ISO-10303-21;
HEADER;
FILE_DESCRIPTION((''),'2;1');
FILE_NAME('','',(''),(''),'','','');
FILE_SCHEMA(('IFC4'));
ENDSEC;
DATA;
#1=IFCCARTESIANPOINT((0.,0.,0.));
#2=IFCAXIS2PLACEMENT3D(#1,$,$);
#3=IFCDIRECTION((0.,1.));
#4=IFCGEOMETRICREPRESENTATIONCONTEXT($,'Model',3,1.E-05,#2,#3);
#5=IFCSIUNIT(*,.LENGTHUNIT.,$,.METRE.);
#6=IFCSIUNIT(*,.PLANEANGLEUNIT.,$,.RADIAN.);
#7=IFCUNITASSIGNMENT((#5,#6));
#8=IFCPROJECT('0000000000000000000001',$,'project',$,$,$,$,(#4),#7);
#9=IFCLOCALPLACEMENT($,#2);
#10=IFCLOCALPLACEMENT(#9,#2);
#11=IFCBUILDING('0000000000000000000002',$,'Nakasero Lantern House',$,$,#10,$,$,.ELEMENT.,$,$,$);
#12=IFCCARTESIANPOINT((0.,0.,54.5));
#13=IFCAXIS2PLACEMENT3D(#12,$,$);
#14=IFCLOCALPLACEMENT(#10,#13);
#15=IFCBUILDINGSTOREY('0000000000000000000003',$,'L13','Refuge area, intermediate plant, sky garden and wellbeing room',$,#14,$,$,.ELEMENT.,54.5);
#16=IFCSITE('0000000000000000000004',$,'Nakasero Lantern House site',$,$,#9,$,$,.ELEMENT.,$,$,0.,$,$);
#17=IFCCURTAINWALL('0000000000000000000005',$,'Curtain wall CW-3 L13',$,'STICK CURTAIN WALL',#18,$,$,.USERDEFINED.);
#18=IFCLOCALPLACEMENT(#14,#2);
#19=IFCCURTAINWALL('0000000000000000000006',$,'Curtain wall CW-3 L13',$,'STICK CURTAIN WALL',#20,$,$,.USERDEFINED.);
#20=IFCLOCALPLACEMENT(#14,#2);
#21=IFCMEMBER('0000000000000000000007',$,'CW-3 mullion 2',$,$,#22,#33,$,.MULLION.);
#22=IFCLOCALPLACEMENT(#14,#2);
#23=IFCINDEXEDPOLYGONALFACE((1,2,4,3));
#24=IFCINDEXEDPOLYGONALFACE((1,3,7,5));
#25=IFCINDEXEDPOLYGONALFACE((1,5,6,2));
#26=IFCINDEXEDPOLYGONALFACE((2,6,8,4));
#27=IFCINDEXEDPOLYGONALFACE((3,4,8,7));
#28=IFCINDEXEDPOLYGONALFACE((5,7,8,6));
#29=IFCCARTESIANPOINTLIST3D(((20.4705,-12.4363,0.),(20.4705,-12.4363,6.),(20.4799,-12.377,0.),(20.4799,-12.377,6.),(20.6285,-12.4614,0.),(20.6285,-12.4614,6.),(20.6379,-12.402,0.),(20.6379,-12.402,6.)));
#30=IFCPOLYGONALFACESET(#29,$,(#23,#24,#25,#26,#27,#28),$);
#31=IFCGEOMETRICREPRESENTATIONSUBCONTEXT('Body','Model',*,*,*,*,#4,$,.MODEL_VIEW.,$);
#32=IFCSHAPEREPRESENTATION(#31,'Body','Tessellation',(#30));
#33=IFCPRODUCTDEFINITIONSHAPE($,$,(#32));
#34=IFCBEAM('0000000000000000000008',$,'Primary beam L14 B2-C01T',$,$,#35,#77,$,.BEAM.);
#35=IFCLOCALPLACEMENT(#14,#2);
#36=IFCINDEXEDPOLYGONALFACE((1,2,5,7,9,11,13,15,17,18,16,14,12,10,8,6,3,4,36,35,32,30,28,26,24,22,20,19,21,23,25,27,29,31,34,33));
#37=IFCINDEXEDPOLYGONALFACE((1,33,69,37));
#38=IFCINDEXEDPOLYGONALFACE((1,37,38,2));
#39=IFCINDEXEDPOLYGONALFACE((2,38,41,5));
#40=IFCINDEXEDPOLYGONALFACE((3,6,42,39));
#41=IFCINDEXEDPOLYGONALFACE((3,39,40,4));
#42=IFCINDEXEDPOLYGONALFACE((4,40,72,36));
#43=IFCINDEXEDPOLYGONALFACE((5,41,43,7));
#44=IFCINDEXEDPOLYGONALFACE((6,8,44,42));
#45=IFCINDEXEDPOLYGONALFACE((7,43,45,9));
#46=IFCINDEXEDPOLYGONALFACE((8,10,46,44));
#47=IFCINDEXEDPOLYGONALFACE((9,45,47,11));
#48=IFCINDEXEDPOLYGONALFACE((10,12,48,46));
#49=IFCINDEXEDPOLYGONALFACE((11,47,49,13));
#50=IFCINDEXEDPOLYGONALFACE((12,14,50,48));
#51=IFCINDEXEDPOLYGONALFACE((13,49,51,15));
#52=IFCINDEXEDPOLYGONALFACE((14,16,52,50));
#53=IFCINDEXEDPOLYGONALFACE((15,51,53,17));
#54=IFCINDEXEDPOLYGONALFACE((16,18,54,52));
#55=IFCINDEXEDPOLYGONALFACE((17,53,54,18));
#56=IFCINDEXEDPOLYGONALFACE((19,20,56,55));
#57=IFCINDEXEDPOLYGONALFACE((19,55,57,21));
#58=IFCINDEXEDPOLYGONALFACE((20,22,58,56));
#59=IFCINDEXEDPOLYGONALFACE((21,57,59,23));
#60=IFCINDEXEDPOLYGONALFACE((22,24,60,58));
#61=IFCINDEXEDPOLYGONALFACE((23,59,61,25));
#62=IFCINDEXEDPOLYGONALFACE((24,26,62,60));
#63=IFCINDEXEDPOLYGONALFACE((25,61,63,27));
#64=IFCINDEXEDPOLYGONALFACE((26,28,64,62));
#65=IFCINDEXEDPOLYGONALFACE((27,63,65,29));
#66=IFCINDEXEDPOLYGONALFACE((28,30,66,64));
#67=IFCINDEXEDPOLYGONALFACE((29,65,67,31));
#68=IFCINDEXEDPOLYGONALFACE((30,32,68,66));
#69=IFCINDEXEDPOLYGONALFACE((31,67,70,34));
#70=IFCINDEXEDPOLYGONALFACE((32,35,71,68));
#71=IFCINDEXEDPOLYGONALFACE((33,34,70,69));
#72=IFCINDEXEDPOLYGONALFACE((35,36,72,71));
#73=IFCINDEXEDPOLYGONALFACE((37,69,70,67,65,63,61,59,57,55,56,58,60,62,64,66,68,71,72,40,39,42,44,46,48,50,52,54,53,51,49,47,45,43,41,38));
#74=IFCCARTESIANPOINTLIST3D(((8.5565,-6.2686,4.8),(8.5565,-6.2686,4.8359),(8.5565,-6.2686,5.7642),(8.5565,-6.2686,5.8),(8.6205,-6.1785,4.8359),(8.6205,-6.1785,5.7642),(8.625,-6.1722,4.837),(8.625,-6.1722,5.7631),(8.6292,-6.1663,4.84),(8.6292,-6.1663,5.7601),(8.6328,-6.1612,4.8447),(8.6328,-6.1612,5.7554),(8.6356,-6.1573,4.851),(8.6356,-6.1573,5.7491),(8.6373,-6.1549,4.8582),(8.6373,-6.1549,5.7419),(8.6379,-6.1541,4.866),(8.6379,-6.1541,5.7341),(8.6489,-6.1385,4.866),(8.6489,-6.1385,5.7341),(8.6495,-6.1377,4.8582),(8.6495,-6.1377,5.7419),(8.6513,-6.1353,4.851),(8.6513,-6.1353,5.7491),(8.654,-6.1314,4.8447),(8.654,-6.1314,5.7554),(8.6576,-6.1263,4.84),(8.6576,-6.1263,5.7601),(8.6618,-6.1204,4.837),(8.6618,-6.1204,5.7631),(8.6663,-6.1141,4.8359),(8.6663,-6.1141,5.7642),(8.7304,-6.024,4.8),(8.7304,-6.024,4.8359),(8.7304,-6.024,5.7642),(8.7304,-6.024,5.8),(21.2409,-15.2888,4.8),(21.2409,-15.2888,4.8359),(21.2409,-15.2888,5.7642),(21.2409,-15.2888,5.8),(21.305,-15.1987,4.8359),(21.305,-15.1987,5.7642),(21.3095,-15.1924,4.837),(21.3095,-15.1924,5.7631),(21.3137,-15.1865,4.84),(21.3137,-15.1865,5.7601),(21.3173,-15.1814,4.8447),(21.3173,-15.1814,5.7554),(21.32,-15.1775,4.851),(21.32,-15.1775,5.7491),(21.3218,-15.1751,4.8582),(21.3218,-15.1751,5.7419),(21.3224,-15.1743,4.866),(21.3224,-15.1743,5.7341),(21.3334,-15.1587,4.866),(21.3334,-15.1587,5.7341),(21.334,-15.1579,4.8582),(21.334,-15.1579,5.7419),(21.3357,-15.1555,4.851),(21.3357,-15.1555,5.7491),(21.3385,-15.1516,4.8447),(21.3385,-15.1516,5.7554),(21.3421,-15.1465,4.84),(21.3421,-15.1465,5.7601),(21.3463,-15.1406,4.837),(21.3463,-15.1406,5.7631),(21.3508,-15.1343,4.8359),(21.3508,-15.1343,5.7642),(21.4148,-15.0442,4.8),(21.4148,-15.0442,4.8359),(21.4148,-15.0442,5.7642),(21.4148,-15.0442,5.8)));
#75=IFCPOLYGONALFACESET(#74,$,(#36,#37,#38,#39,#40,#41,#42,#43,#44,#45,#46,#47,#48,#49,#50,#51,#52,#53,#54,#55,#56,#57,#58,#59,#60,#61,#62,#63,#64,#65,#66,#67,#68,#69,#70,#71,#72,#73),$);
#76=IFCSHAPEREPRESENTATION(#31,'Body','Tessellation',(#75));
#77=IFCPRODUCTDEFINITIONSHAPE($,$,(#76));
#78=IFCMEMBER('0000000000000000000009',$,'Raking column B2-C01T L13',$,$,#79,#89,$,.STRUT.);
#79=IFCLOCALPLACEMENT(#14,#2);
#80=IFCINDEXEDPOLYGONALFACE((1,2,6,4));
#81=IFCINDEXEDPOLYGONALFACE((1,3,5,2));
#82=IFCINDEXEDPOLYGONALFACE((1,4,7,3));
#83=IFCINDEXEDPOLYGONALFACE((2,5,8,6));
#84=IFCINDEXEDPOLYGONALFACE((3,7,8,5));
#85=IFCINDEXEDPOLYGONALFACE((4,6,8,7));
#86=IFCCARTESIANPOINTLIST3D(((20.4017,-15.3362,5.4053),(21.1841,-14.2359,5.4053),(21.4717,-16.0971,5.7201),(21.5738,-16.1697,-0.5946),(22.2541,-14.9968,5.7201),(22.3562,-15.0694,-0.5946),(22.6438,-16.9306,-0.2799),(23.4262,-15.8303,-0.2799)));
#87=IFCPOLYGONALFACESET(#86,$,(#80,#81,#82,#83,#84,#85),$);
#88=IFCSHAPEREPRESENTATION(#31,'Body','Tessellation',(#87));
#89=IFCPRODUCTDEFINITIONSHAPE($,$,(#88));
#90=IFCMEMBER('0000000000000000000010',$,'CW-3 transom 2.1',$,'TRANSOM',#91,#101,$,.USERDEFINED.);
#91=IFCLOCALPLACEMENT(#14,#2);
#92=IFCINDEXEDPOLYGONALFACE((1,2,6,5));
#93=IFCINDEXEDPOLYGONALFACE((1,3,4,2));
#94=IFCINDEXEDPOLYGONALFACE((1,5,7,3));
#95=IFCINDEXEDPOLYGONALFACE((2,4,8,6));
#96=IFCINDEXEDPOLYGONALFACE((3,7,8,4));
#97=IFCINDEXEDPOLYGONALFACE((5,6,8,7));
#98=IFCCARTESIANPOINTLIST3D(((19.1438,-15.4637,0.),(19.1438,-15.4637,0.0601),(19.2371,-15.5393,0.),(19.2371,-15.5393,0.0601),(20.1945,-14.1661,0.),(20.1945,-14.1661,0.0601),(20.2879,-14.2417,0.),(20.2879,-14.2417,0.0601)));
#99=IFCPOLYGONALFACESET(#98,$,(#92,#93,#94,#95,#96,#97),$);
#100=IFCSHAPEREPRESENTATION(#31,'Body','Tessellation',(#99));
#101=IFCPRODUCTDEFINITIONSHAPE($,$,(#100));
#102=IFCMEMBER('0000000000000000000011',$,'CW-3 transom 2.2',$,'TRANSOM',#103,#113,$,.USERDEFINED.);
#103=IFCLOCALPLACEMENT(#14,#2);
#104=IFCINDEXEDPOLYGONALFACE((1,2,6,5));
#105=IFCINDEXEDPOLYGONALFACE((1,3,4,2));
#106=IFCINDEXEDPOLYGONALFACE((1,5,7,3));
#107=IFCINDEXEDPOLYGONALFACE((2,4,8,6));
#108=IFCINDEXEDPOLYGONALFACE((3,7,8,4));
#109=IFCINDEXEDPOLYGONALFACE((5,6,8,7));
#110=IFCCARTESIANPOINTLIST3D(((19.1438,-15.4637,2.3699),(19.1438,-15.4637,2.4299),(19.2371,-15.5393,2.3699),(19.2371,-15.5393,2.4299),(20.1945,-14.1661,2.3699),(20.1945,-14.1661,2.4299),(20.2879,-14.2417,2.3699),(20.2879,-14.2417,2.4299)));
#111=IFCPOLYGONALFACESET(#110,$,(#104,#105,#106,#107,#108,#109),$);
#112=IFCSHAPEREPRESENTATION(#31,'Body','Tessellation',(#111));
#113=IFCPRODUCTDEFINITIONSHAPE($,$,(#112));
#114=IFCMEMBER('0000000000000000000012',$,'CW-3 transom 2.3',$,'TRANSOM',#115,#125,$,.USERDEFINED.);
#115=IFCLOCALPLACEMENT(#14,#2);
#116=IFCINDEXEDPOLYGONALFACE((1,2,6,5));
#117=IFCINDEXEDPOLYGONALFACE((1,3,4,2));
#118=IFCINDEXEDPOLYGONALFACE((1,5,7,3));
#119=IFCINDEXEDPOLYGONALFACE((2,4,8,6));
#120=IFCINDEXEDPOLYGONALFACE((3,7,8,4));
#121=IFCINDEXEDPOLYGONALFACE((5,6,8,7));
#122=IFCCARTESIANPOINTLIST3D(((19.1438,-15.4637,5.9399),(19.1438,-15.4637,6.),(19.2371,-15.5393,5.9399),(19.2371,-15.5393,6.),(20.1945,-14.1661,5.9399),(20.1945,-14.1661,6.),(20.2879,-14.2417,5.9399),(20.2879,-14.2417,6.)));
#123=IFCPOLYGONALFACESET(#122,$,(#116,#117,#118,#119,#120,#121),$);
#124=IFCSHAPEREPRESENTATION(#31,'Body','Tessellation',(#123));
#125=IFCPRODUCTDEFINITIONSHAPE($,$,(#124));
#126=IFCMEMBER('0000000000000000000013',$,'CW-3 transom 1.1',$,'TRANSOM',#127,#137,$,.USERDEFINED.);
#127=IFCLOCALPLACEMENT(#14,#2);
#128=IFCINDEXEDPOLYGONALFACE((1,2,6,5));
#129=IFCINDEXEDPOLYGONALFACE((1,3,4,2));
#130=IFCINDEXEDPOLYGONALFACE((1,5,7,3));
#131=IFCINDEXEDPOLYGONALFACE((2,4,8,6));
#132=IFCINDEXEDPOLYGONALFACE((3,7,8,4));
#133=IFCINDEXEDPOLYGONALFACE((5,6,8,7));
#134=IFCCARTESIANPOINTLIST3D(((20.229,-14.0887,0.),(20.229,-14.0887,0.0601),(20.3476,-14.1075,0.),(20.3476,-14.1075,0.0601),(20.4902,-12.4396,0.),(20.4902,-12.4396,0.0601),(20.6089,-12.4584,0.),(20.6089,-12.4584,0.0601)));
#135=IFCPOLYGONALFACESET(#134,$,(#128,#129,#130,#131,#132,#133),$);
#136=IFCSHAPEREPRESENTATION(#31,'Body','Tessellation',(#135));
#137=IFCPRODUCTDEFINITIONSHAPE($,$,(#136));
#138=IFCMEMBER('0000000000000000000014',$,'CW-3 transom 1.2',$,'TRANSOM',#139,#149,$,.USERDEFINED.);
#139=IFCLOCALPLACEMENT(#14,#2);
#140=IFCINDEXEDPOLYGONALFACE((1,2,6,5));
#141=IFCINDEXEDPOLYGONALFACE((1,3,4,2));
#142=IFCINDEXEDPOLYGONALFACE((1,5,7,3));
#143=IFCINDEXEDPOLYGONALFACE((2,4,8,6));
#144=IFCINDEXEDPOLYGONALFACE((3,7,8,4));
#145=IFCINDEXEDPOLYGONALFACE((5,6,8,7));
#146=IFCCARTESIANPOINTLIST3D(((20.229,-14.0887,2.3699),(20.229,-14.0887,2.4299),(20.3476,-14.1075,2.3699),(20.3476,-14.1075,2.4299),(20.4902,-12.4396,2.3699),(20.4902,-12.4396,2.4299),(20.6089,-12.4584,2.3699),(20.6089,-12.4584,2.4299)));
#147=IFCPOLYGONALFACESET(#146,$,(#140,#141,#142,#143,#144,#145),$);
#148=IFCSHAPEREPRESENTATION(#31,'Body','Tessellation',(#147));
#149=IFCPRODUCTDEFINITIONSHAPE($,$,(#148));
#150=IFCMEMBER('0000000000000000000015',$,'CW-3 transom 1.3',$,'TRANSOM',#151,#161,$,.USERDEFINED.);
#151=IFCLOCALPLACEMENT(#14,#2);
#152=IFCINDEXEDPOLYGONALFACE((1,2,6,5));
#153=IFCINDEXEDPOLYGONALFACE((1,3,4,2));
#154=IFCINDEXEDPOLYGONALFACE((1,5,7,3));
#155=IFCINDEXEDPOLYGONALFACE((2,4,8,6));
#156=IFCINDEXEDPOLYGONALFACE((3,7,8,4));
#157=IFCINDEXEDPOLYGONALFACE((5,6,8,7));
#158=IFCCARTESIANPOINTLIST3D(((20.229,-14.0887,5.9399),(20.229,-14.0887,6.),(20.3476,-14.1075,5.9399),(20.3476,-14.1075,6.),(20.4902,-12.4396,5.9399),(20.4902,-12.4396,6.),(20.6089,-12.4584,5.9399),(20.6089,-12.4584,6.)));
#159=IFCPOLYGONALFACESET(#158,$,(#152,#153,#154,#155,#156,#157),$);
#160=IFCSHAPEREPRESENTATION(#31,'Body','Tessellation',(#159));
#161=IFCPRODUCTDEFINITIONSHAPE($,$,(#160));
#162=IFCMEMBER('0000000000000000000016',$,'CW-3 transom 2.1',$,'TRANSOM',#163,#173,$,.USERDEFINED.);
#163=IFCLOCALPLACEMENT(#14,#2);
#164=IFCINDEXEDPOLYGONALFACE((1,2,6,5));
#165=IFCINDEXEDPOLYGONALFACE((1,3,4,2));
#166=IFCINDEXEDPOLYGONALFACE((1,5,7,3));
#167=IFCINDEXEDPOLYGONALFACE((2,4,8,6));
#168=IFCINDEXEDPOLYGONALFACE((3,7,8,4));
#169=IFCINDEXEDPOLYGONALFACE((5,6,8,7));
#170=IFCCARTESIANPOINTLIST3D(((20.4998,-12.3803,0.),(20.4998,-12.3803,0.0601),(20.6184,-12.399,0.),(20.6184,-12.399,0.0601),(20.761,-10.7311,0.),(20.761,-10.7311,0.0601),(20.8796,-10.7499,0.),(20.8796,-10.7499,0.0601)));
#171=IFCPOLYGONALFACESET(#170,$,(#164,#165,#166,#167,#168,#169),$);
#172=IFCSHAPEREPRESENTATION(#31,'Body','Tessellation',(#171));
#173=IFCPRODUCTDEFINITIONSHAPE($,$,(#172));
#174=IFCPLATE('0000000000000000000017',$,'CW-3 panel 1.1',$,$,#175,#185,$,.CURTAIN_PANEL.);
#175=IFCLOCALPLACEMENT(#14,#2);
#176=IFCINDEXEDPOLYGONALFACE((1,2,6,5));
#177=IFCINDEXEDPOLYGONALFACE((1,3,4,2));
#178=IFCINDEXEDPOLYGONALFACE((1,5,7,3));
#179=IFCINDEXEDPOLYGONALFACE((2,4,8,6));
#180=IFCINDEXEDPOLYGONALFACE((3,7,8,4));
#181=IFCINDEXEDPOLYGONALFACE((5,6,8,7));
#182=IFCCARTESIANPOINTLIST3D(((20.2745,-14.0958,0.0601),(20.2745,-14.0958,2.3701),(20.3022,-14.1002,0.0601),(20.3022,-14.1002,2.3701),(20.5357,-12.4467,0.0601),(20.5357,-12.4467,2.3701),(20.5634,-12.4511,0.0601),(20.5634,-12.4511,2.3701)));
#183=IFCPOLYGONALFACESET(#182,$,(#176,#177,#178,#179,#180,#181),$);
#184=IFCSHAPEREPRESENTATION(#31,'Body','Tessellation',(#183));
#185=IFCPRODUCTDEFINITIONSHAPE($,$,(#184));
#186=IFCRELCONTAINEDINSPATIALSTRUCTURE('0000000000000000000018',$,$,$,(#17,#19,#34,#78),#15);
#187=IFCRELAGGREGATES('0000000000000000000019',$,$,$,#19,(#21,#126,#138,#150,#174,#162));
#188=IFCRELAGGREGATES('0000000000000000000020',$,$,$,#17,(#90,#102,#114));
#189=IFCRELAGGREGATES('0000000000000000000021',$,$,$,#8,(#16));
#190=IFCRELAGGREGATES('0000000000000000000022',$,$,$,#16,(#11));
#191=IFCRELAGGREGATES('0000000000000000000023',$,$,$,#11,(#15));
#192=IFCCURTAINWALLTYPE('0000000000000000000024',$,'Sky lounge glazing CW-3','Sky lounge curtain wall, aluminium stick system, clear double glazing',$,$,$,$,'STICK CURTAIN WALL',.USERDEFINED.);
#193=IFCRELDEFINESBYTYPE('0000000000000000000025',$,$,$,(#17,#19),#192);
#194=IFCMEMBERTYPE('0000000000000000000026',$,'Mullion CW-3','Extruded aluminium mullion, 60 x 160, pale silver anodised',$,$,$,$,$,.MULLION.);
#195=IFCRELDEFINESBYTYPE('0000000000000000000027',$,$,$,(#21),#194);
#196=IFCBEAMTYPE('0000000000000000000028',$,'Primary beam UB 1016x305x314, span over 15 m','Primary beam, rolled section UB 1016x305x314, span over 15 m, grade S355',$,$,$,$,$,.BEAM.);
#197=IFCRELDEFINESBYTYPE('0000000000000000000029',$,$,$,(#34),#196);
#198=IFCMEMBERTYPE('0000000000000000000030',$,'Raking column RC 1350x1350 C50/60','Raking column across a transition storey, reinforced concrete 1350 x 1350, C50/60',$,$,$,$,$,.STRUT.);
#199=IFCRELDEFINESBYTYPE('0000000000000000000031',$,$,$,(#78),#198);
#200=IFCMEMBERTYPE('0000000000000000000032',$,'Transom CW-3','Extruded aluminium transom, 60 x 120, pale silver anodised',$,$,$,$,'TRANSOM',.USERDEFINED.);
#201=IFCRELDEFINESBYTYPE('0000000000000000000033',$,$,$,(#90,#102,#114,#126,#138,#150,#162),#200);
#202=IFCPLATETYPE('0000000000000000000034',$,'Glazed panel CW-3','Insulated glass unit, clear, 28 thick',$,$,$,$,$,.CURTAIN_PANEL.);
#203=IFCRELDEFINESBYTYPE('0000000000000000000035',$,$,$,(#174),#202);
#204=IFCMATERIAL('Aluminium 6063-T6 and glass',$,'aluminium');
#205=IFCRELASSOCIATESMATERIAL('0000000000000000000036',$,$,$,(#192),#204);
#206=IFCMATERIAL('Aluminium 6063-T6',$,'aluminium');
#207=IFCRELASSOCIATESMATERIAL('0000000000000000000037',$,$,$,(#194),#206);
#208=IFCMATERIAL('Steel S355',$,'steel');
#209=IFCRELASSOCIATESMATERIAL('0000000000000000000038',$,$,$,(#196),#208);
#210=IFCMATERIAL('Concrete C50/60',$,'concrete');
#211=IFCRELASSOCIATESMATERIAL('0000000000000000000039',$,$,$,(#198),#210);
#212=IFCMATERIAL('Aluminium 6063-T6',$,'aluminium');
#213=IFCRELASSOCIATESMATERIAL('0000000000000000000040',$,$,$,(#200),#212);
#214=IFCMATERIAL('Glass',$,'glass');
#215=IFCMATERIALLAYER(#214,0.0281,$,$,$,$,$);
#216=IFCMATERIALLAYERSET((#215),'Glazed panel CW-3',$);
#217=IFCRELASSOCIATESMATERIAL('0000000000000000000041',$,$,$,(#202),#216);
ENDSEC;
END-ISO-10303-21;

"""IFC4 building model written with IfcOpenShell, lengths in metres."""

from ifc_helpers import new_model, si_unit, direction, frame, origin, origin_2d, place, context, subcontext, project, spatial, rectangle, i_section, extrude, material, layer, layer_set, material_profile, profile_set, type_object, element, aggregate, save


model = new_model("IFC4")

# Units and contexts
model_context = context("Model", 3, precision=1e-05, world=origin(), true_north=direction((0.0, 1.0)))
body_context = subcontext(model_context, "Body", "Model", "MODEL_VIEW")
ifc_project = project(units=[si_unit("LENGTHUNIT", "METRE"), si_unit("PLANEANGLEUNIT", "RADIAN")], contexts=[model_context])

# Site, building, storey
site_placement = place(None, origin())
site = spatial("IfcSite", under=ifc_project, at=site_placement, Name="Nakasero Lantern House site", CompositionType="ELEMENT", RefElevation=0.0)
building_placement = place(site_placement, origin())
building = spatial("IfcBuilding", under=site, at=building_placement, Name="Nakasero Lantern House", CompositionType="ELEMENT")
storey_placement = place(building_placement, frame((0.0, 0.0, 54.5)))
storey = spatial("IfcBuildingStorey", under=building, at=storey_placement, Name="L13", Description="Refuge area, intermediate plant, sky garden and wellbeing room", CompositionType="ELEMENT", Elevation=54.5)

# Curtain walls, member
ifc_material_1 = material(Name="Aluminium 6063-T6 and glass", Category="aluminium")
curtain_wall_type = type_object("IfcCurtainWallType", Name="Sky lounge glazing CW-3", Description="Sky lounge curtain wall, aluminium stick system, clear double glazing", ElementType="STICK CURTAIN WALL", PredefinedType="USERDEFINED", material=ifc_material_1)
curtain_wall_1_placement = place(storey_placement, origin())
curtain_wall_1 = element("IfcCurtainWall", 1, at=curtain_wall_1_placement, inside=storey, type_object=curtain_wall_type, Name="Curtain wall CW-3 L13", ObjectType="STICK CURTAIN WALL", PredefinedType="USERDEFINED")
ifc_material_2 = material(Name="Aluminium 6063-T6", Category="aluminium")
ifc_material_profile_1 = material_profile(ifc_material_2, rectangle(XDim=0.0601, YDim=0.1599, at=origin_2d()), Name="CW-3 mullion 60x160")
ifc_profile_set_1 = profile_set([ifc_material_profile_1], Name="Aluminium 6063-T6")
member_type_1 = type_object("IfcMemberType", Name="Mullion CW-3", Description="Extruded aluminium mullion, 60 x 160, pale silver anodised", PredefinedType="MULLION", material=ifc_profile_set_1)
curtain_wall_2_placement = place(storey_placement, origin())
curtain_wall_2 = element("IfcCurtainWall", 2, at=curtain_wall_2_placement, inside=storey, type_object=curtain_wall_type, Name="Curtain wall CW-3 L13", ObjectType="STICK CURTAIN WALL", PredefinedType="USERDEFINED")
member_1_placement = place(storey_placement, frame((20.5542, -12.4192, 0.0), z_axis=(0.0, 0.0, 1.0), x_axis=(0.156434, 0.987688, 0.0)))
member_1 = element("IfcMember", 3, at=member_1_placement, type_object=member_type_1, Name="CW-3 mullion 2", PredefinedType="MULLION", context=body_context, shape_type="SweptSolid", body=[
    extrude(rectangle(XDim=0.0601, YDim=0.1599, at=origin_2d()), origin(), (0.0, 0.0, 1.0), 6.0),
])

# Beam
ifc_material_3 = material(Name="Steel S355", Category="steel")
ifc_material_profile_2 = material_profile(ifc_material_3, i_section(OverallWidth=0.3, OverallDepth=1.0, WebThickness=0.019, FlangeThickness=0.0359, FilletRadius=0.03, at=origin_2d()), Name="UB 1016x305x314")
ifc_profile_set_2 = profile_set([ifc_material_profile_2], Name="Steel S355")
beam_type_1 = type_object("IfcBeamType", Name="Primary beam UB 1016x305x314, span over 15 m", Description="Primary beam, rolled section UB 1016x305x314, span over 15 m, grade S355", PredefinedType="BEAM", material=ifc_profile_set_2)
beam_1_placement = place(storey_placement, frame((21.3279, -15.1665, 5.3), z_axis=(-0.814952, 0.579529, 0.0), x_axis=(-0.579529, -0.814952, 0.0)))
element("IfcBeam", 4, at=beam_1_placement, inside=storey, type_object=beam_type_1, Name="Primary beam L14 B2-C01T", PredefinedType="BEAM", context=body_context, shape_type="SweptSolid", body=[
    extrude(i_section(OverallWidth=0.3, OverallDepth=1.0, WebThickness=0.019, FlangeThickness=0.0359, FilletRadius=0.03, at=origin_2d()), origin(), (0.0, 0.0, 1.0), 15.5647),
])

# Members
ifc_material_4 = material(Name="Concrete C50/60", Category="concrete")
ifc_material_profile_3 = material_profile(ifc_material_4, rectangle(XDim=1.3501, YDim=1.3501, at=origin_2d()), Name="RC 1350x1350")
ifc_profile_set_3 = profile_set([ifc_material_profile_3], Name="Concrete C50/60")
member_type_2 = type_object("IfcMemberType", Name="Raking column RC 1350x1350 C50/60", Description="Raking column across a transition storey, reinforced concrete 1350 x 1350, C50/60", PredefinedType="STRUT", material=ifc_profile_set_3)
member_2_placement = place(storey_placement, frame((22.5, -16.0, -0.4373), z_axis=(-0.189971, 0.135089, 0.972451), x_axis=(-0.579519, -0.814959, 0.0)))
element("IfcMember", 5, at=member_2_placement, inside=storey, type_object=member_type_2, Name="Raking column B2-C01T L13", PredefinedType="STRUT", context=body_context, shape_type="SweptSolid", body=[
    extrude(rectangle(XDim=1.3501, YDim=1.3501, at=origin_2d()), origin(), (0.0, 0.0, 1.0), 6.1699),
])
ifc_material_5 = material(Name="Aluminium 6063-T6", Category="aluminium")
ifc_material_profile_4 = material_profile(ifc_material_5, rectangle(XDim=0.0601, YDim=0.1201, at=origin_2d()), Name="CW-3 transom 60x120")
ifc_profile_set_4 = profile_set([ifc_material_profile_4], Name="Aluminium 6063-T6")
member_type_3 = type_object("IfcMemberType", Name="Transom CW-3", Description="Extruded aluminium transom, 60 x 120, pale silver anodised", ElementType="TRANSOM", PredefinedType="USERDEFINED", material=ifc_profile_set_4)
member_3_placement = place(storey_placement, frame((19.1904, -15.5015, 0.03), z_axis=(0.62932, 0.777146, 0.0), x_axis=(0.0, 0.0, 1.0)))
member_3 = element("IfcMember", 6, at=member_3_placement, type_object=member_type_3, Name="CW-3 transom 2.1", ObjectType="TRANSOM", PredefinedType="USERDEFINED", context=body_context, shape_type="SweptSolid", body=[
    extrude(rectangle(XDim=0.0601, YDim=0.1201, at=origin_2d()), origin(), (0.0, 0.0, 1.0), 1.6697),
])
member_4_placement = place(storey_placement, frame((19.1904, -15.5015, 2.3999), z_axis=(0.62932, 0.777146, 0.0), x_axis=(0.0, 0.0, 1.0)))
member_4 = element("IfcMember", 7, at=member_4_placement, type_object=member_type_3, Name="CW-3 transom 2.2", ObjectType="TRANSOM", PredefinedType="USERDEFINED", context=body_context, shape_type="SweptSolid", body=[
    extrude(rectangle(XDim=0.0601, YDim=0.1201, at=origin_2d()), origin(), (0.0, 0.0, 1.0), 1.6697),
])
member_5_placement = place(storey_placement, frame((19.1904, -15.5015, 5.97), z_axis=(0.62932, 0.777146, 0.0), x_axis=(0.0, 0.0, 1.0)))
member_5 = element("IfcMember", 8, at=member_5_placement, type_object=member_type_3, Name="CW-3 transom 2.3", ObjectType="TRANSOM", PredefinedType="USERDEFINED", context=body_context, shape_type="SweptSolid", body=[
    extrude(rectangle(XDim=0.0601, YDim=0.1201, at=origin_2d()), origin(), (0.0, 0.0, 1.0), 1.6697),
])
member_6_placement = place(storey_placement, frame((20.2883, -14.0981, 0.03), z_axis=(0.156451, 0.987686, 0.0), x_axis=(0.0, 0.0, 1.0)))
member_6 = element("IfcMember", 9, at=member_6_placement, type_object=member_type_3, Name="CW-3 transom 1.1", ObjectType="TRANSOM", PredefinedType="USERDEFINED", context=body_context, shape_type="SweptSolid", body=[
    extrude(rectangle(XDim=0.0601, YDim=0.1201, at=origin_2d()), origin(), (0.0, 0.0, 1.0), 1.6697),
])
member_7_placement = place(storey_placement, frame((20.2883, -14.0981, 2.3999), z_axis=(0.156451, 0.987686, 0.0), x_axis=(0.0, 0.0, 1.0)))
member_7 = element("IfcMember", 10, at=member_7_placement, type_object=member_type_3, Name="CW-3 transom 1.2", ObjectType="TRANSOM", PredefinedType="USERDEFINED", context=body_context, shape_type="SweptSolid", body=[
    extrude(rectangle(XDim=0.0601, YDim=0.1201, at=origin_2d()), origin(), (0.0, 0.0, 1.0), 1.6697),
])
member_8_placement = place(storey_placement, frame((20.2883, -14.0981, 5.97), z_axis=(0.156451, 0.987686, 0.0), x_axis=(0.0, 0.0, 1.0)))
member_8 = element("IfcMember", 11, at=member_8_placement, type_object=member_type_3, Name="CW-3 transom 1.3", ObjectType="TRANSOM", PredefinedType="USERDEFINED", context=body_context, shape_type="SweptSolid", body=[
    extrude(rectangle(XDim=0.0601, YDim=0.1201, at=origin_2d()), origin(), (0.0, 0.0, 1.0), 1.6697),
])
member_9_placement = place(storey_placement, frame((20.5591, -12.3896, 0.03), z_axis=(0.156451, 0.987686, 0.0), x_axis=(0.0, 0.0, 1.0)))
member_9 = element("IfcMember", 12, at=member_9_placement, type_object=member_type_3, Name="CW-3 transom 2.1", ObjectType="TRANSOM", PredefinedType="USERDEFINED", context=body_context, shape_type="SweptSolid", body=[
    extrude(rectangle(XDim=0.0601, YDim=0.1201, at=origin_2d()), origin(), (0.0, 0.0, 1.0), 1.6697),
])

# Plate
ifc_material_6 = material(Name="Glass", Category="glass")
ifc_layer_1 = layer(ifc_material_6, 0.0281)
ifc_layer_set_1 = layer_set([ifc_layer_1], Name="Glazed panel CW-3")
plate_type_1 = type_object("IfcPlateType", Name="Glazed panel CW-3", Description="Insulated glass unit, clear, 28 thick", PredefinedType="CURTAIN_PANEL", material=ifc_layer_set_1)
plate_1_placement = place(storey_placement, frame((20.4189, -13.2734, 0.0601), z_axis=(0.0, 0.0, 1.0), x_axis=(0.156434, 0.987688, 0.0)))
plate_1 = element("IfcPlate", 13, at=plate_1_placement, type_object=plate_type_1, Name="CW-3 panel 1.1", PredefinedType="CURTAIN_PANEL", context=body_context, shape_type="SweptSolid", body=[
    extrude(rectangle(XDim=1.6697, YDim=0.0281, at=origin_2d()), origin(), (0.0, 0.0, 1.0), 2.3101),
])
aggregate(curtain_wall_2, [member_1, member_6, member_7, member_8, plate_1, member_9])
aggregate(curtain_wall_1, [member_3, member_4, member_5])

save(model, "model.ifc")
